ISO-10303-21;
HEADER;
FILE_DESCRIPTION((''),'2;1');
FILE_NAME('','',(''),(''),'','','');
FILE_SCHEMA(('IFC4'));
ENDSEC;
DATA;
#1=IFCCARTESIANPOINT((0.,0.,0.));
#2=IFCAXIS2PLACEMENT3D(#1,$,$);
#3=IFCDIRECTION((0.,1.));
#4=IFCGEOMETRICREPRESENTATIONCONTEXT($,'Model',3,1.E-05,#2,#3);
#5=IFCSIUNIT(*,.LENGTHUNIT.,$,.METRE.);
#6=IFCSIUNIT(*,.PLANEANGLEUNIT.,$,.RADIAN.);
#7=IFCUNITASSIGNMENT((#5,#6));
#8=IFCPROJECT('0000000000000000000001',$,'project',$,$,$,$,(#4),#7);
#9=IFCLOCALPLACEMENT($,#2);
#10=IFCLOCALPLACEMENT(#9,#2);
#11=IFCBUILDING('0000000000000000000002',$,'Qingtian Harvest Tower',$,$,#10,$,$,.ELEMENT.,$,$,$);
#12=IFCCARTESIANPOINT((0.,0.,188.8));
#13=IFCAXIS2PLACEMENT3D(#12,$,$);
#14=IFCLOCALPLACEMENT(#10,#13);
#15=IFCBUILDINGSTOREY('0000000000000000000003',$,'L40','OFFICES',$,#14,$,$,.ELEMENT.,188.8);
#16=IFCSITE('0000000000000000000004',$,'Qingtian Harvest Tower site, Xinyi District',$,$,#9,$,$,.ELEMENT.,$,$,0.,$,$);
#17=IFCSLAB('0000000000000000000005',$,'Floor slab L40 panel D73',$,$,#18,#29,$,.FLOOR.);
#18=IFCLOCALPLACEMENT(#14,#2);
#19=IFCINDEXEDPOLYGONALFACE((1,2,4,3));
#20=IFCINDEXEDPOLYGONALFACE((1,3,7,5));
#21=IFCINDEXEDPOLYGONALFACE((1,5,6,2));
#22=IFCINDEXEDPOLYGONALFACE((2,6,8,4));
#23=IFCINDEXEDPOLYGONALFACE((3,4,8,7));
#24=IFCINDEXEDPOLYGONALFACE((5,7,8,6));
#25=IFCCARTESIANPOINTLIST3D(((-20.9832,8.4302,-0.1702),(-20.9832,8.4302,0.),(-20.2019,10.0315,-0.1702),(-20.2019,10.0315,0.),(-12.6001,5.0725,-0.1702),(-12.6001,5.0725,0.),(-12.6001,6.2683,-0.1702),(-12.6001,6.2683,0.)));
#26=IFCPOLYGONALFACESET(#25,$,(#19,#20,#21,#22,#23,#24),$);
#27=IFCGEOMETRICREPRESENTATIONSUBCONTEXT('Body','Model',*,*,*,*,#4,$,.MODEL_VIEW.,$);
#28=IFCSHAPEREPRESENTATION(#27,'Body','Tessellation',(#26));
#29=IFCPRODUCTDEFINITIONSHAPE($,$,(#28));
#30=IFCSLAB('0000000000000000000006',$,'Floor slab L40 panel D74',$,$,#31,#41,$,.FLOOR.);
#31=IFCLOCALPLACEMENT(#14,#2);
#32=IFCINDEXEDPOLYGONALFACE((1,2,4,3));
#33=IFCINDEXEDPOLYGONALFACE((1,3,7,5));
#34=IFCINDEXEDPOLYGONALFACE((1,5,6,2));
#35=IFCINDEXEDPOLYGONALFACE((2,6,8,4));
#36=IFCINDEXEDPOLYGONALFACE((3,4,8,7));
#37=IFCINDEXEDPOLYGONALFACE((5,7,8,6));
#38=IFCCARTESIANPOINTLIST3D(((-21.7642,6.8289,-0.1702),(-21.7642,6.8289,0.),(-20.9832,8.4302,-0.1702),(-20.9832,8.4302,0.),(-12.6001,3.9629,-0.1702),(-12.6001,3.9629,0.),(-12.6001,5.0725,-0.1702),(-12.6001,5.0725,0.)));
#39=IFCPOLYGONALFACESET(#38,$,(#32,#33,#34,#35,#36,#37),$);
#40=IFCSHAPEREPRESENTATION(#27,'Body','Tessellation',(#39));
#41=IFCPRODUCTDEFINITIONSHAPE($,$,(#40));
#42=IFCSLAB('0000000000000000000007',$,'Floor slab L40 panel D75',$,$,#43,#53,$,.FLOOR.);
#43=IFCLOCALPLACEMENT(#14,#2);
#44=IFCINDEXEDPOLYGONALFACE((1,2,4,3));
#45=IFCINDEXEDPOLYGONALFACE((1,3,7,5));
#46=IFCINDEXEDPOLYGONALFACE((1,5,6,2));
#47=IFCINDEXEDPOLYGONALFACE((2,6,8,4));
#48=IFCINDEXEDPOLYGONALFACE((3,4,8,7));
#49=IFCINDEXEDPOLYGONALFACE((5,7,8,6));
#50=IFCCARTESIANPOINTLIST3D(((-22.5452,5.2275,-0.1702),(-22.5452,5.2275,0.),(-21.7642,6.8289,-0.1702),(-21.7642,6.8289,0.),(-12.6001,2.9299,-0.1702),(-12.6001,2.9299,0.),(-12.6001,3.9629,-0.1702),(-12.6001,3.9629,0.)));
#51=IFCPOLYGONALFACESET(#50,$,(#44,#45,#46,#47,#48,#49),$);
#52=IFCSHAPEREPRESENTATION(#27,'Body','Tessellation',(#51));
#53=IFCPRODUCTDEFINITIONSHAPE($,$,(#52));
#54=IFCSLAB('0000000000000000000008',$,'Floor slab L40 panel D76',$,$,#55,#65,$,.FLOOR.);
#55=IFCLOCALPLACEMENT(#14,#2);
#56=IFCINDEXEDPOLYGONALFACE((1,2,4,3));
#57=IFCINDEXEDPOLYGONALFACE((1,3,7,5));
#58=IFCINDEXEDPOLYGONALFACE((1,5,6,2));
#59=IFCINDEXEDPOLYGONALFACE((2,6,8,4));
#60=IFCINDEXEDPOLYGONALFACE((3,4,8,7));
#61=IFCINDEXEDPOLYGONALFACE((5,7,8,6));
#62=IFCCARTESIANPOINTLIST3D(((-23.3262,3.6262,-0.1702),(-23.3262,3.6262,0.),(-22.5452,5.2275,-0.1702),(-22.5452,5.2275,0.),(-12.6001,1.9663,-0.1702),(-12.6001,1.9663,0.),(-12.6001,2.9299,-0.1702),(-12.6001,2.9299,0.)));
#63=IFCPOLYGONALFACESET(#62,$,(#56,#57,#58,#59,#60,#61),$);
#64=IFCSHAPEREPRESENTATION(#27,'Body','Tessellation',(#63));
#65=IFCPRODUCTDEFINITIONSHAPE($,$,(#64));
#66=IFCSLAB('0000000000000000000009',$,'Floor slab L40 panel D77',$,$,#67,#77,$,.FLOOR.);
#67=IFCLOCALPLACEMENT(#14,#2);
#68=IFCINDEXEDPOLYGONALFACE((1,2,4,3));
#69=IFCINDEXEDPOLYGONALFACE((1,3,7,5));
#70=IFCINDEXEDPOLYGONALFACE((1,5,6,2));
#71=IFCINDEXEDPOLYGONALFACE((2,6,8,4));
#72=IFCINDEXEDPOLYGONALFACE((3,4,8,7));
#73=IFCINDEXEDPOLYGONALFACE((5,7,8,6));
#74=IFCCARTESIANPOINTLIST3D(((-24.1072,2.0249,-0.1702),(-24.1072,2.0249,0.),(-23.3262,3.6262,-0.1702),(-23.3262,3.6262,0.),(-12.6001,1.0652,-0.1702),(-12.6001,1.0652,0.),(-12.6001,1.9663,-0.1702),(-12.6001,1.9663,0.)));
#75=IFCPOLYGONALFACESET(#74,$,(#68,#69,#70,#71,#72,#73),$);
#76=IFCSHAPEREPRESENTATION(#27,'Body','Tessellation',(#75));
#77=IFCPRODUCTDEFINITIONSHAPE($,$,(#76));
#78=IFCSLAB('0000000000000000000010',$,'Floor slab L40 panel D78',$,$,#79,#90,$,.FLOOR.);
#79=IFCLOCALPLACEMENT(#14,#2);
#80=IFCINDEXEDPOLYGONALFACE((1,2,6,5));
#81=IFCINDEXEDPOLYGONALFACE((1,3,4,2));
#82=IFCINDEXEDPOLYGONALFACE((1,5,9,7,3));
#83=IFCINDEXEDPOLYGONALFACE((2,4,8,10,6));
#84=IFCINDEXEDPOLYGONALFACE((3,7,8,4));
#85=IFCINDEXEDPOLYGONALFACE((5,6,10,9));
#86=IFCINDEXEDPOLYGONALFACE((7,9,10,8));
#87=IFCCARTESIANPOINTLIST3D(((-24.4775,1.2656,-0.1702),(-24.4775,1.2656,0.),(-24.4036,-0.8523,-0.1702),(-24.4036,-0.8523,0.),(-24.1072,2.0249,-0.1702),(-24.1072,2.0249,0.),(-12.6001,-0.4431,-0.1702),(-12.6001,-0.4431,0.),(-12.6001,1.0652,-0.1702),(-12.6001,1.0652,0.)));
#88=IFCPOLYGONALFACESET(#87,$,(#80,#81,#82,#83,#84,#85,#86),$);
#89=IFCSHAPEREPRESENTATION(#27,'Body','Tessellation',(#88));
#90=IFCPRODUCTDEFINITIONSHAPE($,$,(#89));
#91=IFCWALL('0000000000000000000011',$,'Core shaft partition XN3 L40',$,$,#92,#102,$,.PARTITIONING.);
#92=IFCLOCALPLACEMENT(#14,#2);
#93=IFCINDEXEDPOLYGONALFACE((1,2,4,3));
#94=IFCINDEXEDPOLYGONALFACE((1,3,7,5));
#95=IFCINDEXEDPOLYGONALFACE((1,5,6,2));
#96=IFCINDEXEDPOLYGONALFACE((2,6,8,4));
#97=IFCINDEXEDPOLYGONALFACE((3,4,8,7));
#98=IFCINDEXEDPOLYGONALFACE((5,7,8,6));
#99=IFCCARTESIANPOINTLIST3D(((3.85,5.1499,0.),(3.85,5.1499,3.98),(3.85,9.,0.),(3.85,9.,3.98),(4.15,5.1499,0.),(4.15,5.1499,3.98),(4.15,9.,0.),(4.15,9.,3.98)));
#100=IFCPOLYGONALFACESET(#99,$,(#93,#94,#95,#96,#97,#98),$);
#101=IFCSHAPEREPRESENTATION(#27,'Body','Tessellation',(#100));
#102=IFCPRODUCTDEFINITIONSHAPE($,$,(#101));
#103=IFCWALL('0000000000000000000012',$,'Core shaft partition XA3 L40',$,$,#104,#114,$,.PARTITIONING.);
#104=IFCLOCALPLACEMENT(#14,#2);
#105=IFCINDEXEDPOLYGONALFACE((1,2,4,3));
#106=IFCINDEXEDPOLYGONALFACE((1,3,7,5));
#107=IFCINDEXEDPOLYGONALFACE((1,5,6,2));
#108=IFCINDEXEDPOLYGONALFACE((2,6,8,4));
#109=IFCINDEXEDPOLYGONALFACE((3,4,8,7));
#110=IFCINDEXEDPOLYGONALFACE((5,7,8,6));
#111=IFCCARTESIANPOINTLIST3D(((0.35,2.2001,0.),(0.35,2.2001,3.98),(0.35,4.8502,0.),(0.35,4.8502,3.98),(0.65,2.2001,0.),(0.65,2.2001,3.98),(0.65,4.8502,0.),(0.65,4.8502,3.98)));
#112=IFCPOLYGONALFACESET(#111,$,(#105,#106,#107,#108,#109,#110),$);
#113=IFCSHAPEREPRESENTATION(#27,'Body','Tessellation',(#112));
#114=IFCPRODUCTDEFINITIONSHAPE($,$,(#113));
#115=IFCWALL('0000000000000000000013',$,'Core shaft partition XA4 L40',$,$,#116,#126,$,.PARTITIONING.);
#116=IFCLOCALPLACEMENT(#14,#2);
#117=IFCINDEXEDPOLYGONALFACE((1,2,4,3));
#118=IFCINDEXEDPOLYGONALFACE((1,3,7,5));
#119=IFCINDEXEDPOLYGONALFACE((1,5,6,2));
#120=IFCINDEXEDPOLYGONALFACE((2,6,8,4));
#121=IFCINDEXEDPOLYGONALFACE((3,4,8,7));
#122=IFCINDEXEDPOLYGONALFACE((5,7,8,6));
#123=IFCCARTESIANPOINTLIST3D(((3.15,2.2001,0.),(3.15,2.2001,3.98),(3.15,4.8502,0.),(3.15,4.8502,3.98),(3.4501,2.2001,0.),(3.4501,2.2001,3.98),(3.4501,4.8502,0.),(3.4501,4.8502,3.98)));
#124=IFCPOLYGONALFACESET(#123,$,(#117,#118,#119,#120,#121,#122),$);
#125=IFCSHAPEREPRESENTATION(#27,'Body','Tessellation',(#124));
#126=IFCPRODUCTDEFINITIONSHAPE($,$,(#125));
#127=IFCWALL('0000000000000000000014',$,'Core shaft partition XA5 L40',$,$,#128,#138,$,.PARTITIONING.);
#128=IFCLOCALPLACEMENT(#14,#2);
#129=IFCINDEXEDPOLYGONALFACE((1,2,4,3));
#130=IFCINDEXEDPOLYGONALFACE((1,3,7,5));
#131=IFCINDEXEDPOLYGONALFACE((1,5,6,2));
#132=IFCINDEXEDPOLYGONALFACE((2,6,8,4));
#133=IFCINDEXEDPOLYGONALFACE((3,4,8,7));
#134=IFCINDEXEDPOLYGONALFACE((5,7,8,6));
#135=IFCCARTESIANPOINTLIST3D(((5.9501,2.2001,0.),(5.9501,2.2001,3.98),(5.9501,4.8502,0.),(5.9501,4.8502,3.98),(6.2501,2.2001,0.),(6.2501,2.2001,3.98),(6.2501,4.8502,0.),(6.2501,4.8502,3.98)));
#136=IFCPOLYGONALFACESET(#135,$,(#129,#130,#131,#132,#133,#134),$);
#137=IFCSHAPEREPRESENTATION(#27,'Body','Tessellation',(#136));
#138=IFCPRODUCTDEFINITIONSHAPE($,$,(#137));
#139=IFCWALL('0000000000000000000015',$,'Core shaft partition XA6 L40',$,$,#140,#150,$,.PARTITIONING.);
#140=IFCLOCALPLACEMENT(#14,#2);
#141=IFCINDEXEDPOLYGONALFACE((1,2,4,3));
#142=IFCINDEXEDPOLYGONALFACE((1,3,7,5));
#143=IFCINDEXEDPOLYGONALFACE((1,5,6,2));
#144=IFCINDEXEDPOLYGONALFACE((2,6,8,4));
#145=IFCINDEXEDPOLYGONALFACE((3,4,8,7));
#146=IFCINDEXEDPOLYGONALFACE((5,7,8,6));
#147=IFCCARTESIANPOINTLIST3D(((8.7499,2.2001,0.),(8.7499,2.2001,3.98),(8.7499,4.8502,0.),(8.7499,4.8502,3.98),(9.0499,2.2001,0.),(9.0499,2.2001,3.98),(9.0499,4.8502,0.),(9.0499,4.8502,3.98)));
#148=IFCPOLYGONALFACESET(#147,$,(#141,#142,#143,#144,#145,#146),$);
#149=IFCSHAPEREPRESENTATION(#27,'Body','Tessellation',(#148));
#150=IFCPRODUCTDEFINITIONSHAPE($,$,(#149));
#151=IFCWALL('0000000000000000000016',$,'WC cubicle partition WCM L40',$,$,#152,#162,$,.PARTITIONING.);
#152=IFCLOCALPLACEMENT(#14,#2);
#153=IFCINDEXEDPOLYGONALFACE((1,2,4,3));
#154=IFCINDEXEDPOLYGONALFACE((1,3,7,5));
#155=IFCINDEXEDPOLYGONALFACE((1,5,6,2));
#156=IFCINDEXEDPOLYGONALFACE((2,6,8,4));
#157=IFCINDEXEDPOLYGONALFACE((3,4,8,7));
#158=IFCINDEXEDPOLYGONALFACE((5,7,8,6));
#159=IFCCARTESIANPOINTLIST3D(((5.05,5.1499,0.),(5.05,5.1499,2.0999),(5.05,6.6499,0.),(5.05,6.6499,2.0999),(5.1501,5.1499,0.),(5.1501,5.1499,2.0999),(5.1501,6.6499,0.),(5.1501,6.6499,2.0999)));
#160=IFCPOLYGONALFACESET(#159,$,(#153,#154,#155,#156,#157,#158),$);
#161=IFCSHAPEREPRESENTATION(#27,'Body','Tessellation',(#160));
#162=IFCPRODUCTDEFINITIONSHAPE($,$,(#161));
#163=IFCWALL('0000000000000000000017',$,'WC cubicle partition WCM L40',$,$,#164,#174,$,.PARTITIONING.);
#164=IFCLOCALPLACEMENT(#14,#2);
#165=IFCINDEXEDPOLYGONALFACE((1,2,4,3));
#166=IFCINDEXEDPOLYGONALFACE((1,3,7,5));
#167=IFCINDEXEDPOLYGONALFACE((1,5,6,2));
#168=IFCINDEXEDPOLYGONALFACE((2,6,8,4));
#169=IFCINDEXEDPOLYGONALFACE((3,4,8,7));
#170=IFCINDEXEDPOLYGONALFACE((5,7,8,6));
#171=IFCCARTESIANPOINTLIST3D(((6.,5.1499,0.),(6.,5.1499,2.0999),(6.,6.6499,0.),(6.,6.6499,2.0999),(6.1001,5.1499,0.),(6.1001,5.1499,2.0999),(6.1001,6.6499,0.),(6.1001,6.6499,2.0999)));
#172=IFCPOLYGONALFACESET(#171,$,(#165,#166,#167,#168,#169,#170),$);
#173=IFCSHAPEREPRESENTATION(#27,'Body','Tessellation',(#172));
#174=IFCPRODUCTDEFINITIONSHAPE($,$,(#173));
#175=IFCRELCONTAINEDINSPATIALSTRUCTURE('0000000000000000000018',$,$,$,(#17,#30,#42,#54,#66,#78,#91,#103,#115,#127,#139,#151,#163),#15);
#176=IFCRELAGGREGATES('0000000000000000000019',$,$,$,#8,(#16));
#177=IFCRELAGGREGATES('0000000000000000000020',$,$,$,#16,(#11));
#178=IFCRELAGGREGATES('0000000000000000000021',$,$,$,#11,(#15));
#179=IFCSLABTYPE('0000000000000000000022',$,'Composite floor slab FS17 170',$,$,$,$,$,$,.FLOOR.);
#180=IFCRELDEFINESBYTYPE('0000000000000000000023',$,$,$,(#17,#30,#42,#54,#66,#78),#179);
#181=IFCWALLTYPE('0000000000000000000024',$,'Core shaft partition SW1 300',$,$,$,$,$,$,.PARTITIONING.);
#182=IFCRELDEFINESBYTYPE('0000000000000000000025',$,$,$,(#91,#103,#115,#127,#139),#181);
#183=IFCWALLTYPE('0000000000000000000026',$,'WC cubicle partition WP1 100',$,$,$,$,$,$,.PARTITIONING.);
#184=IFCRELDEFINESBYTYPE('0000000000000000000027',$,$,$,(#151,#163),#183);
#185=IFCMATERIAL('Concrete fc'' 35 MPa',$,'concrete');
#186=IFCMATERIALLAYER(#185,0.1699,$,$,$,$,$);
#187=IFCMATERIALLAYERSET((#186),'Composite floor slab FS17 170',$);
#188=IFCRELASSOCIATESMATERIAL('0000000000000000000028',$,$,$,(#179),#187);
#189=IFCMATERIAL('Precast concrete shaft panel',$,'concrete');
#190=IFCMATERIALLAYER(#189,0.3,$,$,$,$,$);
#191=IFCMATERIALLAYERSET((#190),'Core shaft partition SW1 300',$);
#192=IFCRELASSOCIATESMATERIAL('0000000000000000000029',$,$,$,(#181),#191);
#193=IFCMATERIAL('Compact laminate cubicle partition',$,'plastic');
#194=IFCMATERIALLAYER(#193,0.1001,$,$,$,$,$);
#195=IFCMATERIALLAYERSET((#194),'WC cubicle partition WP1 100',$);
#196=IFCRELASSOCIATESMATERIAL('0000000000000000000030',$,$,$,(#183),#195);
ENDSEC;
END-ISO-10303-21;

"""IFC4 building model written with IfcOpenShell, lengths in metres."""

from ifc_helpers import new_model, si_unit, direction, frame, frame_2d, origin, place, context, subcontext, project, spatial, polyline, rectangle, outline, extrude, material, layer, layer_set, type_object, element, save


model = new_model("IFC4")

# Units and contexts
model_context = context("Model", 3, precision=1e-05, world=origin(), true_north=direction((0.0, 1.0)))
body_context = subcontext(model_context, "Body", "Model", "MODEL_VIEW")
ifc_project = project(units=[si_unit("LENGTHUNIT", "METRE"), si_unit("PLANEANGLEUNIT", "RADIAN")], contexts=[model_context])

# Site, building, storey
site_placement = place(None, origin())
site = spatial("IfcSite", under=ifc_project, at=site_placement, Name="Qingtian Harvest Tower site, Xinyi District", CompositionType="ELEMENT", RefElevation=0.0)
building_placement = place(site_placement, origin())
building = spatial("IfcBuilding", under=site, at=building_placement, Name="Qingtian Harvest Tower", CompositionType="ELEMENT")
storey_placement = place(building_placement, frame((0.0, 0.0, 188.8)))
storey = spatial("IfcBuildingStorey", under=building, at=storey_placement, Name="L40", Description="OFFICES", CompositionType="ELEMENT", Elevation=188.8)

# Slabs
ifc_material_1 = material(Name="Concrete fc' 35 MPa", Category="concrete")
ifc_layer_1 = layer(ifc_material_1, 0.1699)
ifc_layer_set_1 = layer_set([ifc_layer_1], Name="Composite floor slab FS17 170")
slab_type = type_object("IfcSlabType", Name="Composite floor slab FS17 170", PredefinedType="FLOOR", material=ifc_layer_set_1)
slab_1_placement = place(storey_placement, frame((0.0, 0.0, -0.1702)))
element("IfcSlab", 1, at=slab_1_placement, inside=storey, type_object=slab_type, Name="Floor slab L40 panel D73", PredefinedType="FLOOR", context=body_context, shape_type="SweptSolid", body=[
    extrude(outline(polyline([(-12.6001, 5.0725), (-20.9832, 8.4302), (-20.2019, 10.0315), (-12.6001, 6.2683), (-12.6001, 5.0725)])), origin(), (0.0, 0.0, 1.0), 0.1702),
])
slab_2_placement = place(storey_placement, frame((0.0, 0.0, -0.1702)))
element("IfcSlab", 2, at=slab_2_placement, inside=storey, type_object=slab_type, Name="Floor slab L40 panel D74", PredefinedType="FLOOR", context=body_context, shape_type="SweptSolid", body=[
    extrude(outline(polyline([(-12.6001, 3.9629), (-21.7642, 6.8289), (-20.9832, 8.4302), (-12.6001, 5.0725), (-12.6001, 3.9629)])), origin(), (0.0, 0.0, 1.0), 0.1702),
])
slab_3_placement = place(storey_placement, frame((0.0, 0.0, -0.1702)))
element("IfcSlab", 3, at=slab_3_placement, inside=storey, type_object=slab_type, Name="Floor slab L40 panel D75", PredefinedType="FLOOR", context=body_context, shape_type="SweptSolid", body=[
    extrude(outline(polyline([(-12.6001, 2.9299), (-22.5452, 5.2275), (-21.7642, 6.8289), (-12.6001, 3.9629), (-12.6001, 2.9299)])), origin(), (0.0, 0.0, 1.0), 0.1702),
])
slab_4_placement = place(storey_placement, frame((0.0, 0.0, -0.1702)))
element("IfcSlab", 4, at=slab_4_placement, inside=storey, type_object=slab_type, Name="Floor slab L40 panel D76", PredefinedType="FLOOR", context=body_context, shape_type="SweptSolid", body=[
    extrude(outline(polyline([(-12.6001, 1.9663), (-23.3262, 3.6262), (-22.5452, 5.2275), (-12.6001, 2.9299), (-12.6001, 1.9663)])), origin(), (0.0, 0.0, 1.0), 0.1702),
])
slab_5_placement = place(storey_placement, frame((0.0, 0.0, -0.1702)))
element("IfcSlab", 5, at=slab_5_placement, inside=storey, type_object=slab_type, Name="Floor slab L40 panel D77", PredefinedType="FLOOR", context=body_context, shape_type="SweptSolid", body=[
    extrude(outline(polyline([(-12.6001, 1.0652), (-24.1072, 2.0249), (-23.3262, 3.6262), (-12.6001, 1.9663), (-12.6001, 1.0652)])), origin(), (0.0, 0.0, 1.0), 0.1702),
])
slab_6_placement = place(storey_placement, frame((0.0, 0.0, -0.1702)))
element("IfcSlab", 6, at=slab_6_placement, inside=storey, type_object=slab_type, Name="Floor slab L40 panel D78", PredefinedType="FLOOR", context=body_context, shape_type="SweptSolid", body=[
    extrude(outline(polyline([(-12.6001, 1.0652), (-12.6001, -0.4431), (-24.4036, -0.8523), (-24.4775, 1.2656), (-24.1072, 2.0249), (-12.6001, 1.0652)])), origin(), (0.0, 0.0, 1.0), 0.1702),
])

# Shared definitions
ifc_material_2 = material(Name="Precast concrete shaft panel", Category="concrete")
ifc_layer_2 = layer(ifc_material_2, 0.3)
ifc_layer_set_2 = layer_set([ifc_layer_2], Name="Core shaft partition SW1 300")
wall_type_1 = type_object("IfcWallType", Name="Core shaft partition SW1 300", PredefinedType="PARTITIONING", material=ifc_layer_set_2)

# Walls
wall_1_placement = place(storey_placement, frame((4.0, 5.1499, 0.0), z_axis=(0.0, 0.0, 1.0), x_axis=(0.0, 1.0, 0.0)))
element("IfcWall", 7, at=wall_1_placement, inside=storey, type_object=wall_type_1, Name="Core shaft partition XN3 L40", PredefinedType="PARTITIONING", context=body_context, shape_type="SweptSolid", body=[
    extrude(rectangle(XDim=3.8501, YDim=0.3, at=frame_2d((1.925, 0.0))), origin(), (0.0, 0.0, 1.0), 3.98),
])
for number, where, z_axis, x_axis, name in (
    (8, (0.5, 2.2, 0.0), (0.0, 0.0, 1.0), (0.0, 1.0, 0.0), "Core shaft partition XA3 L40"),
    (9, (3.3, 2.2, 0.0), (0.0, 0.0, 1.0), (0.0, 1.0, 0.0), "Core shaft partition XA4 L40"),
    (10, (6.1001, 2.2, 0.0), (0.0, 0.0, 1.0), (0.0, 1.0, 0.0), "Core shaft partition XA5 L40"),
    (11, (8.8999, 2.2, 0.0), (0.0, 0.0, 1.0), (0.0, 1.0, 0.0), "Core shaft partition XA6 L40"),
):
    element("IfcWall", number, at=place(storey_placement, frame(where, z_axis=z_axis, x_axis=x_axis)), inside=storey, type_object=wall_type_1, Name=name, PredefinedType="PARTITIONING", context=body_context, shape_type="SweptSolid", body=[
        extrude(rectangle(XDim=2.6501, YDim=0.3, at=frame_2d((1.3252, 0.0))), origin(), (0.0, 0.0, 1.0), 3.98),
    ])
ifc_material_3 = material(Name="Compact laminate cubicle partition", Category="plastic")
ifc_layer_3 = layer(ifc_material_3, 0.1001)
ifc_layer_set_3 = layer_set([ifc_layer_3], Name="WC cubicle partition WP1 100")
wall_type_2 = type_object("IfcWallType", Name="WC cubicle partition WP1 100", PredefinedType="PARTITIONING", material=ifc_layer_set_3)
for number, where, z_axis, x_axis, name in (
    (12, (5.1001, 5.1499, 0.0), (0.0, 0.0, 1.0), (0.0, 1.0, 0.0), "WC cubicle partition WCM L40"),
    (13, (6.05, 5.1499, 0.0), (0.0, 0.0, 1.0), (0.0, 1.0, 0.0), "WC cubicle partition WCM L40"),
):
    element("IfcWall", number, at=place(storey_placement, frame(where, z_axis=z_axis, x_axis=x_axis)), inside=storey, type_object=wall_type_2, Name=name, PredefinedType="PARTITIONING", context=body_context, shape_type="SweptSolid", body=[
        extrude(rectangle(XDim=1.5, YDim=0.1001, at=frame_2d((0.75, 0.0))), origin(), (0.0, 0.0, 1.0), 2.0999),
    ])

save(model, "model.ifc")
